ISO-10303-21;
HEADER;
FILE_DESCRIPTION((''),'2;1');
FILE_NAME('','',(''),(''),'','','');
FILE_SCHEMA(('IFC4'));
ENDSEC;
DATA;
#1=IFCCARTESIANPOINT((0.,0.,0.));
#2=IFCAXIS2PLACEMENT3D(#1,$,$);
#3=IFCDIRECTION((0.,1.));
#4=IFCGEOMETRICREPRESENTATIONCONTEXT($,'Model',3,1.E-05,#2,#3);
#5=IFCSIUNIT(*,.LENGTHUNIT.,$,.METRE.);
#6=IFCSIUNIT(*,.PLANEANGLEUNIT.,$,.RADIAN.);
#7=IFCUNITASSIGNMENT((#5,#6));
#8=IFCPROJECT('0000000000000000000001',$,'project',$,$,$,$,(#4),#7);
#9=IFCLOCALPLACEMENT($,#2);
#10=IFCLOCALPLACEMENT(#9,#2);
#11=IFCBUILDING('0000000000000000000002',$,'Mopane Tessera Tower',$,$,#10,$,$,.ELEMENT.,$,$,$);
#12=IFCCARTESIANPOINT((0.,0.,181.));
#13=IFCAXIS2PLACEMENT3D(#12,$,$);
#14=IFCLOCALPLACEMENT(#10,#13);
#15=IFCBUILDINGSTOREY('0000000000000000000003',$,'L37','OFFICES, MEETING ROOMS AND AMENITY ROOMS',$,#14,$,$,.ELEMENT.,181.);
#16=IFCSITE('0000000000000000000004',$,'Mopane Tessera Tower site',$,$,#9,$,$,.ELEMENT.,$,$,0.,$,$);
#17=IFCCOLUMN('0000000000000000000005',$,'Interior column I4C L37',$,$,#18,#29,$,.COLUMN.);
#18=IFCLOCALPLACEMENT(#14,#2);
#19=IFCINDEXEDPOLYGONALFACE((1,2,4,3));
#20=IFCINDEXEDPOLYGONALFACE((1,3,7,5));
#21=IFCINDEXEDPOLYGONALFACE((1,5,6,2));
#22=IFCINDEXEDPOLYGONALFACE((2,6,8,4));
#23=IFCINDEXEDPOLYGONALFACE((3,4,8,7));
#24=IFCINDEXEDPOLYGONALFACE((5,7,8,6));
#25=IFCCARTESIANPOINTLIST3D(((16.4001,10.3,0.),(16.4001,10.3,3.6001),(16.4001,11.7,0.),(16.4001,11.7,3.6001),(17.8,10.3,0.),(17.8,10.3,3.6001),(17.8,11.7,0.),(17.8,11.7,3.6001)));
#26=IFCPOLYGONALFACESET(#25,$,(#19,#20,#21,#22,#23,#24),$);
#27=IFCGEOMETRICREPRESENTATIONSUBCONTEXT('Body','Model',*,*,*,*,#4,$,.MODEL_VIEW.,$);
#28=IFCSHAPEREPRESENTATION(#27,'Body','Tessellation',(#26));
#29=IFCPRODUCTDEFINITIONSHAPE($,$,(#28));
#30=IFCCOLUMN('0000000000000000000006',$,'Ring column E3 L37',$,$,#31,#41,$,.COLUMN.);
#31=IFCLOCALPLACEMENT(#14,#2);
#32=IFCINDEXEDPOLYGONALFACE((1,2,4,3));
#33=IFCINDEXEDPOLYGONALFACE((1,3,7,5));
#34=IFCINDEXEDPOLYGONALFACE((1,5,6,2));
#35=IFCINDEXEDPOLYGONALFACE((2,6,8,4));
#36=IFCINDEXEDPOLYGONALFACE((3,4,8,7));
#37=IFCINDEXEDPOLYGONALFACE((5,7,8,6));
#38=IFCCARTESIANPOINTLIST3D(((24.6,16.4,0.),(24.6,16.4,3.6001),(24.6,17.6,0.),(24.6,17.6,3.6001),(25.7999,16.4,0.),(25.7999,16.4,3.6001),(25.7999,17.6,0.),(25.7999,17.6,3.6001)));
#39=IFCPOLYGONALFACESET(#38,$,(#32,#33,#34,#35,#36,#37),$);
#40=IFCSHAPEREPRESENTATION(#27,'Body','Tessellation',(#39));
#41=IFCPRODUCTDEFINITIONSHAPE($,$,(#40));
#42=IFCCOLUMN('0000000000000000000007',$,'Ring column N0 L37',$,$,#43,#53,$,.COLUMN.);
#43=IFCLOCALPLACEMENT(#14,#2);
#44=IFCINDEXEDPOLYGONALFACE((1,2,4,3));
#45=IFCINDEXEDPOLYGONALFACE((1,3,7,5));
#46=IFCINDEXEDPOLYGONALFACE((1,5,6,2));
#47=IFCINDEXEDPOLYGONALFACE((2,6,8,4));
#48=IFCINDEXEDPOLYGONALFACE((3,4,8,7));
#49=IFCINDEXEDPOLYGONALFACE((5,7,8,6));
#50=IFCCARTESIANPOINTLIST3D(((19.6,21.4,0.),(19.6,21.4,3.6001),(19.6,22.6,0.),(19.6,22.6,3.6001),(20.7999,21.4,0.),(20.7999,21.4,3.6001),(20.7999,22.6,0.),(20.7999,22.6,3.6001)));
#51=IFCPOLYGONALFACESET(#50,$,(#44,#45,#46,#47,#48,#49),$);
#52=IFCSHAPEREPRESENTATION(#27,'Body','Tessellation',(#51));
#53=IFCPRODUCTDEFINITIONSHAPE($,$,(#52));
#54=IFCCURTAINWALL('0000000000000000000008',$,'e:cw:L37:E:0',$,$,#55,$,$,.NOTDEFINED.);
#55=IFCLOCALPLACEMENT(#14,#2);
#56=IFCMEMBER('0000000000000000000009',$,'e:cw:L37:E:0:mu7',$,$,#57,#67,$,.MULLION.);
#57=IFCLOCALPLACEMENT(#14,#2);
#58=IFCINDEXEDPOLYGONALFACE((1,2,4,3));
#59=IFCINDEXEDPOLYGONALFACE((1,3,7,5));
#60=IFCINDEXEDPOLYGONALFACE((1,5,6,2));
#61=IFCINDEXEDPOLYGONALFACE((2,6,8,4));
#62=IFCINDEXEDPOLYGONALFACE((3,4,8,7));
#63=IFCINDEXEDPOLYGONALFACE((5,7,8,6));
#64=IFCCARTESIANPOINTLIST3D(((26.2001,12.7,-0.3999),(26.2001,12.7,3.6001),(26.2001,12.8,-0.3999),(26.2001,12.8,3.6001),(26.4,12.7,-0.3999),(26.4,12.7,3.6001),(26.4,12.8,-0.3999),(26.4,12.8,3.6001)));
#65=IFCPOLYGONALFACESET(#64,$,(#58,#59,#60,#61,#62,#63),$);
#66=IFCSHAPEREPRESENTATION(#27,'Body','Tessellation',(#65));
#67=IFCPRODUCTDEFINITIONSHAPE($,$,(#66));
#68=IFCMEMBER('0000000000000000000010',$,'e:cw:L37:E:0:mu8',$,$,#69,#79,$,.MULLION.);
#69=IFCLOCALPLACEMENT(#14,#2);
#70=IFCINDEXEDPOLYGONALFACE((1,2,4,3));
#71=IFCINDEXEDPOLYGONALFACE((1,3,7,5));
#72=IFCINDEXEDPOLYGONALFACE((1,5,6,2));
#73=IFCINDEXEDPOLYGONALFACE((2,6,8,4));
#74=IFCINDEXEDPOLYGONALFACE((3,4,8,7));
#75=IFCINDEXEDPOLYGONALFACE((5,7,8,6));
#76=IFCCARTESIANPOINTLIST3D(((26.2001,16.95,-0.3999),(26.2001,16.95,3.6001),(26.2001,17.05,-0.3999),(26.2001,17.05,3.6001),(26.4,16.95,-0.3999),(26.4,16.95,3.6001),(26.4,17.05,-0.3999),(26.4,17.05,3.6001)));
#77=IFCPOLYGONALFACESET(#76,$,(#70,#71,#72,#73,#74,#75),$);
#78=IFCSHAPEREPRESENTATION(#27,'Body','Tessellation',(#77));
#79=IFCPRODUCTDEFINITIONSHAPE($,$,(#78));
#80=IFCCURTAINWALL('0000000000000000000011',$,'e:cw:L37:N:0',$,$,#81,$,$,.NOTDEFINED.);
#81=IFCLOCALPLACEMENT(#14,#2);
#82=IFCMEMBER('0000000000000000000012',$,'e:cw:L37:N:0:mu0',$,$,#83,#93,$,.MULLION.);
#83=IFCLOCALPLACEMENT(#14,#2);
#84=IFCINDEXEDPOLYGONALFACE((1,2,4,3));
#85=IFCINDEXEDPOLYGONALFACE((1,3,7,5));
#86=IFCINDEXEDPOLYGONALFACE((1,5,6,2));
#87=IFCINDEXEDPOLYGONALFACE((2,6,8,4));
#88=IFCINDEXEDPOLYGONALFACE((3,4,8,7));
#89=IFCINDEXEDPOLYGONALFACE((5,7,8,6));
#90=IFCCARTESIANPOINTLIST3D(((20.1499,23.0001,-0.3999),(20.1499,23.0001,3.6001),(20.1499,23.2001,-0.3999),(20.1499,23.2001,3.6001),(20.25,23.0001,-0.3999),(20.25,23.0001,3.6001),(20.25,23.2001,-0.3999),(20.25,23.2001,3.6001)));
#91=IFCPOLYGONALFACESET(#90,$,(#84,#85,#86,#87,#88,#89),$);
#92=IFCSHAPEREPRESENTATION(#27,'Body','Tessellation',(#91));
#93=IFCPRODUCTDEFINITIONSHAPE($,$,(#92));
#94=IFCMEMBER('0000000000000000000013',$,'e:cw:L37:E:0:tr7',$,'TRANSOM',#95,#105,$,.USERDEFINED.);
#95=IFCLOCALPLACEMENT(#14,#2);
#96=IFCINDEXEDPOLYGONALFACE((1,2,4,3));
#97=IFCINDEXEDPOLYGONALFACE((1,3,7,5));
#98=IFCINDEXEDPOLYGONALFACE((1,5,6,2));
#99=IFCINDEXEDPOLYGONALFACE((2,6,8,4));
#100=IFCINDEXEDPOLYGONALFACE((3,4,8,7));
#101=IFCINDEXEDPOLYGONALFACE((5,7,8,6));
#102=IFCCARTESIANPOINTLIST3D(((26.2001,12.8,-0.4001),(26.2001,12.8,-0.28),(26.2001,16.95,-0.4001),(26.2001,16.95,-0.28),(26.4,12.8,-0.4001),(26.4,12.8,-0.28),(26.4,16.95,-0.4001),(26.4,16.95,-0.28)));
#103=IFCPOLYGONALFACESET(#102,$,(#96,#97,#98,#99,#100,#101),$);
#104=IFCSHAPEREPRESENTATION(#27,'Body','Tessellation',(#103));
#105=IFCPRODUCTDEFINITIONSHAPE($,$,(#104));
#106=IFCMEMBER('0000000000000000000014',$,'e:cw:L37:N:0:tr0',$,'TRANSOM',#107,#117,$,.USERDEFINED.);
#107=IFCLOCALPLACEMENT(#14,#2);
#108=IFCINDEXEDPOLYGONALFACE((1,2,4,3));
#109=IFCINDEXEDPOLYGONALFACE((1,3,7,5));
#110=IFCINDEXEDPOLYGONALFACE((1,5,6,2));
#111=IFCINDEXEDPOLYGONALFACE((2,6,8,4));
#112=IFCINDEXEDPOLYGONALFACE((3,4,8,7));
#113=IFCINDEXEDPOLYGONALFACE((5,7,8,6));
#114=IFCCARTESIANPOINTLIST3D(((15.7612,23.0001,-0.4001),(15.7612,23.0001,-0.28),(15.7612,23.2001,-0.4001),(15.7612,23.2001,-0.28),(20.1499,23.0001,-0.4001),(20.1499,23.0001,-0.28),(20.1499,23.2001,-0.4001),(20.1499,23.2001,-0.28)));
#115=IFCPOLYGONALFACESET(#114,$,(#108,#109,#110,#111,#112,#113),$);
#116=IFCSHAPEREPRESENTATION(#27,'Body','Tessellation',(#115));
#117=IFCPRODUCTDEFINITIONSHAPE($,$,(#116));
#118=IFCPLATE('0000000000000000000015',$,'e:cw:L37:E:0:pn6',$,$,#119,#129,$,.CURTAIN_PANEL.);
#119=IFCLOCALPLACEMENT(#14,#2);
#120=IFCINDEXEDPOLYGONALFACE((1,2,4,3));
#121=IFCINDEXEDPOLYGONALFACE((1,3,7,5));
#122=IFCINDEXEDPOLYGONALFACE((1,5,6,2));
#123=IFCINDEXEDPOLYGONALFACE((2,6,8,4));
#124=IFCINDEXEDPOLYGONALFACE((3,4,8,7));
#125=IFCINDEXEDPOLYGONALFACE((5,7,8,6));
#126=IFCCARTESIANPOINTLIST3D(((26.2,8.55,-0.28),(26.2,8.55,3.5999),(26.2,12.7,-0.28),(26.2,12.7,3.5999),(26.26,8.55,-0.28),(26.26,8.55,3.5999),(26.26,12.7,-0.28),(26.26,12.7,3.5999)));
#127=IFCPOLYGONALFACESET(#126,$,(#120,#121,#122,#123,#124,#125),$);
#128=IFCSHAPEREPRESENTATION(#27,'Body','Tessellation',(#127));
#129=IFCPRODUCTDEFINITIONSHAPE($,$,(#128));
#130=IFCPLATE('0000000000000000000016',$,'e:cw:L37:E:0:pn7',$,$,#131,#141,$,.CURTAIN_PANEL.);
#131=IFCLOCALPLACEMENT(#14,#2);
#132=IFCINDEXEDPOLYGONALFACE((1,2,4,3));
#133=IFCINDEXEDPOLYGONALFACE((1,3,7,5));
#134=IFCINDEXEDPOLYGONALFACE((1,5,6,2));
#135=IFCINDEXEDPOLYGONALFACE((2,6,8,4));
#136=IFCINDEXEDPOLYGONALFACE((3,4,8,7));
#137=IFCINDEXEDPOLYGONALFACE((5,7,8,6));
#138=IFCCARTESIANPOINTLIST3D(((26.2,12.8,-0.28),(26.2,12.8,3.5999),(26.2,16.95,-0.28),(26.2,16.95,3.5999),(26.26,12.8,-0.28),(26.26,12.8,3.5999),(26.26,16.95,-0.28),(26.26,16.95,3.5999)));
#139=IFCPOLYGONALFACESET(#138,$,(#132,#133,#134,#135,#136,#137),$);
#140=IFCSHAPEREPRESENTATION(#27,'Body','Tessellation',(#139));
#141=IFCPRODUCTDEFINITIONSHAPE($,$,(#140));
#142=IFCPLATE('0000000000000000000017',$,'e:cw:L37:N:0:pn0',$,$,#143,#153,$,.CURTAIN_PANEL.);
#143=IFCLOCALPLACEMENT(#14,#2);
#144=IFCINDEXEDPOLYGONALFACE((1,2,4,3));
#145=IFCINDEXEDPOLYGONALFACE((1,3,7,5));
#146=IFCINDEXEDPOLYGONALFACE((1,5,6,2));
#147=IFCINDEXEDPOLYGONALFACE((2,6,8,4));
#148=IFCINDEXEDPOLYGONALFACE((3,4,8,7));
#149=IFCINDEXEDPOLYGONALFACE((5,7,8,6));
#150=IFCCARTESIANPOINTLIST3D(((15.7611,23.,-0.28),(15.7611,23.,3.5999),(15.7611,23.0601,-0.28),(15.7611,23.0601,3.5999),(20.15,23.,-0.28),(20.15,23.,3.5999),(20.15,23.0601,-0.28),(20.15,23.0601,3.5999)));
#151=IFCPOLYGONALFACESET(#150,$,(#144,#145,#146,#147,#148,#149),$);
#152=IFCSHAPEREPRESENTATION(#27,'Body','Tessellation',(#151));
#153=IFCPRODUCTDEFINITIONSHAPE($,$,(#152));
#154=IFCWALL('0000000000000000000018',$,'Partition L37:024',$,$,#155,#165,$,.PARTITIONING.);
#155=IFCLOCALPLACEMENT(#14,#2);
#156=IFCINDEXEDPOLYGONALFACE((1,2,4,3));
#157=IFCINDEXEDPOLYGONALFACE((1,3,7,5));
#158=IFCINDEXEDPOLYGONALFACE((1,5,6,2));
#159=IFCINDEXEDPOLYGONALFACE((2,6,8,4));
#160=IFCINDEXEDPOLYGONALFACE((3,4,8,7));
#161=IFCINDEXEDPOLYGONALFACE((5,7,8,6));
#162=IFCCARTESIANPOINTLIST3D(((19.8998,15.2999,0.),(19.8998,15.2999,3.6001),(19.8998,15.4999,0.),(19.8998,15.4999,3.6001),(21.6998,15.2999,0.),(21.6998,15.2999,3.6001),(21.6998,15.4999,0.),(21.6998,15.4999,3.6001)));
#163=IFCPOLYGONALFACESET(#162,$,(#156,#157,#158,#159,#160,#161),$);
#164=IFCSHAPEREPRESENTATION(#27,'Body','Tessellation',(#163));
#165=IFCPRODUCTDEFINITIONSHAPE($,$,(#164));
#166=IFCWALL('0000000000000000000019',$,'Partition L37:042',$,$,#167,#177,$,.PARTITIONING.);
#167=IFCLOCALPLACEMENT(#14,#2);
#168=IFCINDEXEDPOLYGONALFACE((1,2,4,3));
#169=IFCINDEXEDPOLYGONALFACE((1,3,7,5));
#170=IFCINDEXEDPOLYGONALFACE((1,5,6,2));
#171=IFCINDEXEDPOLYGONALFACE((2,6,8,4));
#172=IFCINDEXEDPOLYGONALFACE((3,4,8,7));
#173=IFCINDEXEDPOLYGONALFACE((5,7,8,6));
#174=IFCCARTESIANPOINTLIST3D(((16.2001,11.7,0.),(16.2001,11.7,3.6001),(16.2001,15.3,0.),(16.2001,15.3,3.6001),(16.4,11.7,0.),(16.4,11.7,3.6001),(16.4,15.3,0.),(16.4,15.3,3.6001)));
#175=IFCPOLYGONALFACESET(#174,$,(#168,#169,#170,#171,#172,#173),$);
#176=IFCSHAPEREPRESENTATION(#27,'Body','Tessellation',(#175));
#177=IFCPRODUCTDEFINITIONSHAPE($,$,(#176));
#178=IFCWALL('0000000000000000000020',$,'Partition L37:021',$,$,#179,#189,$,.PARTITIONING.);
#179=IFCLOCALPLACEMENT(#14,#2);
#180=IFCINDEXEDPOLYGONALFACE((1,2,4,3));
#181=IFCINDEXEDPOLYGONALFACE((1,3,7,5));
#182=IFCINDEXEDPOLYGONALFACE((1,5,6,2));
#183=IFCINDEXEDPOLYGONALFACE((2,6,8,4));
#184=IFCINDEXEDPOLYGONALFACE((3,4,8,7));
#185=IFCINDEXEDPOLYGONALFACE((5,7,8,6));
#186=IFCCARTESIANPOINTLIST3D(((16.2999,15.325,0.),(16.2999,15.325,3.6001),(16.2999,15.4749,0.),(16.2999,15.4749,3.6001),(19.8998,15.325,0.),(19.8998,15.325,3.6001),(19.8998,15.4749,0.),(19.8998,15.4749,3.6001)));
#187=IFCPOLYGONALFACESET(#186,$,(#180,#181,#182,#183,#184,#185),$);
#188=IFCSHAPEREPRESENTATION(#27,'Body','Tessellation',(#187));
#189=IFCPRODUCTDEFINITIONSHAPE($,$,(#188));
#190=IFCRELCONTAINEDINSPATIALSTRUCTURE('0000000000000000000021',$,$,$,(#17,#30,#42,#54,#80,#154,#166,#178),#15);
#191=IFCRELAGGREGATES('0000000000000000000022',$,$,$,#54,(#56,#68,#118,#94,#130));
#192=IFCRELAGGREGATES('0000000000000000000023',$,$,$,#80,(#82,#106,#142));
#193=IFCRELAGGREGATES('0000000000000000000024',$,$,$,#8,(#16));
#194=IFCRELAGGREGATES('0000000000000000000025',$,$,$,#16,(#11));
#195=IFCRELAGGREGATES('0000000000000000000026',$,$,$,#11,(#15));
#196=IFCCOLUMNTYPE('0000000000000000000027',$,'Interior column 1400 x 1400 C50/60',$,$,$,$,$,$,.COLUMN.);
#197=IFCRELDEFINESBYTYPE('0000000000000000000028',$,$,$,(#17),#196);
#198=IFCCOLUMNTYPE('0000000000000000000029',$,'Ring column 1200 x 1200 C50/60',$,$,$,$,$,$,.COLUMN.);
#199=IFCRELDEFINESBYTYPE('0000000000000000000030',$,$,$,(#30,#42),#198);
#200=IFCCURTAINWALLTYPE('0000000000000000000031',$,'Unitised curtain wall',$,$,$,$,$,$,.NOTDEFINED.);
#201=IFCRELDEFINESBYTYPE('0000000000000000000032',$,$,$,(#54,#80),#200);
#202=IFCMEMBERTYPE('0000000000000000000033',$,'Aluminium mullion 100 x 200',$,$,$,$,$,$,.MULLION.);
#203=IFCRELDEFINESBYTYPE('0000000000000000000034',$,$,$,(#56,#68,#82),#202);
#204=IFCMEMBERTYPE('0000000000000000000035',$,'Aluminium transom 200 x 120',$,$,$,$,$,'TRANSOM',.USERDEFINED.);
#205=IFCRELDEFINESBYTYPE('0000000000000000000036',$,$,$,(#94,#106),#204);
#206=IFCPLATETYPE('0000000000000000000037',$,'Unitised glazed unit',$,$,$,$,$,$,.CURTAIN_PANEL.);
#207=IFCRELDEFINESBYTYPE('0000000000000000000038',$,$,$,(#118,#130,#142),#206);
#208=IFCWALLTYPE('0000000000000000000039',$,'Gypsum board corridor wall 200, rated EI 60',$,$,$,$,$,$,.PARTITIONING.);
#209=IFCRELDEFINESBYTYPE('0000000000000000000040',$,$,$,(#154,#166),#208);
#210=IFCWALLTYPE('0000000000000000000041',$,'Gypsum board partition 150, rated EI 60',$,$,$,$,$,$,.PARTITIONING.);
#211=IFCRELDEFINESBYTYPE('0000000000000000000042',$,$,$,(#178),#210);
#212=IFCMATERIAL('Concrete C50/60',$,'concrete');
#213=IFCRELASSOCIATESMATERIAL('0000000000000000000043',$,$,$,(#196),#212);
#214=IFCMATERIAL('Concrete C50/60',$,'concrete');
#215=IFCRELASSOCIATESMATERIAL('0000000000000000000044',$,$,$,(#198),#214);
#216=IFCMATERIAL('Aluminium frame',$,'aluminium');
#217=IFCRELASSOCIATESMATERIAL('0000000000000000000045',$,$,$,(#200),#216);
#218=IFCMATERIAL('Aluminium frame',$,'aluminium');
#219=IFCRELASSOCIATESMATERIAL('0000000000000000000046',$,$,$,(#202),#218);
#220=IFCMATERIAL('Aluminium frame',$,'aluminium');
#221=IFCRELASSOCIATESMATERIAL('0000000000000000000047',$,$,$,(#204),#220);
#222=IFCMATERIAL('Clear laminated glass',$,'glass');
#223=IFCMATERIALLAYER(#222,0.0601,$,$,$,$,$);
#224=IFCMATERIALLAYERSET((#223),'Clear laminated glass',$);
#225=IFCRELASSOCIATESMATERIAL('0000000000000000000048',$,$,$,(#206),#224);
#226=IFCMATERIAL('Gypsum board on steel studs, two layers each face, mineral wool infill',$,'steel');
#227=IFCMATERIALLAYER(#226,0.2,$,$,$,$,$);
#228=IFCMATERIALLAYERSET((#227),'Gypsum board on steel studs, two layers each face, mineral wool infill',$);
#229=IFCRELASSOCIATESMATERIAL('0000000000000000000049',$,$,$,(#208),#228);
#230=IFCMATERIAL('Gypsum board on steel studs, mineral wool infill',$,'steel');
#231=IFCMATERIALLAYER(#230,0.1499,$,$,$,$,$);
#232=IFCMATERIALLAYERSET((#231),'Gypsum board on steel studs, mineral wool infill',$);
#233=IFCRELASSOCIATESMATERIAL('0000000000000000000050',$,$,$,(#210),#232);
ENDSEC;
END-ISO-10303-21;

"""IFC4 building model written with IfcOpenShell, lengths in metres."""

from ifc_helpers import new_model, si_unit, direction, frame, frame_2d, origin, origin_2d, place, context, subcontext, project, spatial, rectangle, extrude, material, layer, layer_set, material_profile, profile_set, type_object, element, aggregate, save


model = new_model("IFC4")

# Units and contexts
model_context = context("Model", 3, precision=1e-05, world=origin(), true_north=direction((0.0, 1.0)))
body_context = subcontext(model_context, "Body", "Model", "MODEL_VIEW")
ifc_project = project(units=[si_unit("LENGTHUNIT", "METRE"), si_unit("PLANEANGLEUNIT", "RADIAN")], contexts=[model_context])

# Site, building, storey
site_placement = place(None, origin())
site = spatial("IfcSite", under=ifc_project, at=site_placement, Name="Mopane Tessera Tower site", CompositionType="ELEMENT", RefElevation=0.0)
building_placement = place(site_placement, origin())
building = spatial("IfcBuilding", under=site, at=building_placement, Name="Mopane Tessera Tower", CompositionType="ELEMENT")
storey_placement = place(building_placement, frame((0.0, 0.0, 181.0)))
storey = spatial("IfcBuildingStorey", under=building, at=storey_placement, Name="L37", Description="OFFICES, MEETING ROOMS AND AMENITY ROOMS", CompositionType="ELEMENT", Elevation=181.0)

# Columns
ifc_material_1 = material(Name="Concrete C50/60", Category="concrete")
ifc_material_profile_1 = material_profile(ifc_material_1, rectangle(XDim=1.3999, YDim=1.3999, at=origin_2d()))
ifc_profile_set_1 = profile_set([ifc_material_profile_1], Name="Concrete C50/60")
column_type_1 = type_object("IfcColumnType", Name="Interior column 1400 x 1400 C50/60", PredefinedType="COLUMN", material=ifc_profile_set_1)
column_placement = place(storey_placement, frame((17.1001, 11.0, 0.0), z_axis=(0.0, 0.0, 1.0), x_axis=(1.0, 0.0, 0.0)))
element("IfcColumn", 1, at=column_placement, inside=storey, type_object=column_type_1, Name="Interior column I4C L37", PredefinedType="COLUMN", context=body_context, shape_type="SweptSolid", body=[
    extrude(rectangle(XDim=1.3999, YDim=1.3999, at=origin_2d()), origin(), (0.0, 0.0, 1.0), 3.6001),
])
ifc_material_2 = material(Name="Concrete C50/60", Category="concrete")
ifc_material_profile_2 = material_profile(ifc_material_2, rectangle(XDim=1.2, YDim=1.2, at=origin_2d()))
ifc_profile_set_2 = profile_set([ifc_material_profile_2], Name="Concrete C50/60")
column_type_2 = type_object("IfcColumnType", Name="Ring column 1200 x 1200 C50/60", PredefinedType="COLUMN", material=ifc_profile_set_2)
for number, where, z_axis, x_axis, name in (
    (2, (25.2, 17.0, 0.0), (0.0, 0.0, 1.0), (1.0, 0.0, 0.0), "Ring column E3 L37"),
    (3, (20.2, 22.0, 0.0), (0.0, 0.0, 1.0), (1.0, 0.0, 0.0), "Ring column N0 L37"),
):
    element("IfcColumn", number, at=place(storey_placement, frame(where, z_axis=z_axis, x_axis=x_axis)), inside=storey, type_object=column_type_2, Name=name, PredefinedType="COLUMN", context=body_context, shape_type="SweptSolid", body=[
        extrude(rectangle(XDim=1.2, YDim=1.2, at=origin_2d()), origin(), (0.0, 0.0, 1.0), 3.6001),
    ])

# Curtain wall, members
ifc_material_3 = material(Name="Aluminium frame", Category="aluminium")
curtain_wall_type = type_object("IfcCurtainWallType", Name="Unitised curtain wall", PredefinedType="NOTDEFINED", material=ifc_material_3)
curtain_wall_1_placement = place(storey_placement, origin())
curtain_wall_1 = element("IfcCurtainWall", 4, at=curtain_wall_1_placement, inside=storey, type_object=curtain_wall_type, Name="e:cw:L37:E:0", PredefinedType="NOTDEFINED")
ifc_material_4 = material(Name="Aluminium frame", Category="aluminium")
ifc_material_profile_3 = material_profile(ifc_material_4, rectangle(XDim=0.1001, YDim=0.2, at=origin_2d()))
ifc_profile_set_3 = profile_set([ifc_material_profile_3], Name="Aluminium frame")
member_type_1 = type_object("IfcMemberType", Name="Aluminium mullion 100 x 200", PredefinedType="MULLION", material=ifc_profile_set_3)
member_1_placement = place(storey_placement, frame((26.3, 12.75, -0.3999), z_axis=(0.0, 0.0, 1.0), x_axis=(0.0, 1.0, 0.0)))
member_1 = element("IfcMember", 5, at=member_1_placement, type_object=member_type_1, Name="e:cw:L37:E:0:mu7", PredefinedType="MULLION", context=body_context, shape_type="SweptSolid", body=[
    extrude(rectangle(XDim=0.1001, YDim=0.2, at=origin_2d()), origin(), (0.0, 0.0, 1.0), 4.0),
])
member_2_placement = place(storey_placement, frame((26.3, 17.0, -0.3999), z_axis=(0.0, 0.0, 1.0), x_axis=(0.0, 1.0, 0.0)))
member_2 = element("IfcMember", 6, at=member_2_placement, type_object=member_type_1, Name="e:cw:L37:E:0:mu8", PredefinedType="MULLION", context=body_context, shape_type="SweptSolid", body=[
    extrude(rectangle(XDim=0.1001, YDim=0.2, at=origin_2d()), origin(), (0.0, 0.0, 1.0), 4.0),
])

# Curtain wall, member
curtain_wall_2_placement = place(storey_placement, origin())
curtain_wall_2 = element("IfcCurtainWall", 7, at=curtain_wall_2_placement, inside=storey, type_object=curtain_wall_type, Name="e:cw:L37:N:0", PredefinedType="NOTDEFINED")
member_3_placement = place(storey_placement, frame((20.2, 23.1001, -0.3999), z_axis=(0.0, 0.0, 1.0), x_axis=(-1.0, 0.0, 0.0)))
member_3 = element("IfcMember", 8, at=member_3_placement, type_object=member_type_1, Name="e:cw:L37:N:0:mu0", PredefinedType="MULLION", context=body_context, shape_type="SweptSolid", body=[
    extrude(rectangle(XDim=0.1001, YDim=0.2, at=origin_2d()), origin(), (0.0, 0.0, 1.0), 4.0),
])

# Members
ifc_material_5 = material(Name="Aluminium frame", Category="aluminium")
ifc_material_profile_4 = material_profile(ifc_material_5, rectangle(XDim=0.2, YDim=0.1201, at=origin_2d()))
ifc_profile_set_4 = profile_set([ifc_material_profile_4], Name="Aluminium frame")
member_type_2 = type_object("IfcMemberType", Name="Aluminium transom 200 x 120", ElementType="TRANSOM", PredefinedType="USERDEFINED", material=ifc_profile_set_4)
member_4_placement = place(storey_placement, frame((26.3, 12.8, -0.3401), z_axis=(0.0, 1.0, 0.0), x_axis=(-1.0, 0.0, 0.0)))
member_4 = element("IfcMember", 9, at=member_4_placement, type_object=member_type_2, Name="e:cw:L37:E:0:tr7", ObjectType="TRANSOM", PredefinedType="USERDEFINED", context=body_context, shape_type="SweptSolid", body=[
    extrude(rectangle(XDim=0.2, YDim=0.1201, at=origin_2d()), origin(), (0.0, 0.0, 1.0), 4.1499),
])
member_5_placement = place(storey_placement, frame((20.1499, 23.1001, -0.3401), z_axis=(-1.0, 0.0, 0.0), x_axis=(0.0, -1.0, 0.0)))
member_5 = element("IfcMember", 10, at=member_5_placement, type_object=member_type_2, Name="e:cw:L37:N:0:tr0", ObjectType="TRANSOM", PredefinedType="USERDEFINED", context=body_context, shape_type="SweptSolid", body=[
    extrude(rectangle(XDim=0.2, YDim=0.1201, at=origin_2d()), origin(), (0.0, 0.0, 1.0), 4.3887),
])

# Plates
ifc_material_6 = material(Name="Clear laminated glass", Category="glass")
ifc_layer_1 = layer(ifc_material_6, 0.0601)
ifc_layer_set_1 = layer_set([ifc_layer_1], Name="Clear laminated glass")
plate_type = type_object("IfcPlateType", Name="Unitised glazed unit", PredefinedType="CURTAIN_PANEL", material=ifc_layer_set_1)
plate_1_placement = place(storey_placement, frame((26.23, 10.625, -0.28), z_axis=(0.0, 0.0, 1.0), x_axis=(0.0, 1.0, 0.0)))
plate_1 = element("IfcPlate", 11, at=plate_1_placement, type_object=plate_type, Name="e:cw:L37:E:0:pn6", PredefinedType="CURTAIN_PANEL", context=body_context, shape_type="SweptSolid", body=[
    extrude(rectangle(XDim=4.1499, YDim=0.0601, at=origin_2d()), origin(), (0.0, 0.0, 1.0), 3.8799),
])
plate_2_placement = place(storey_placement, frame((26.23, 14.875, -0.28), z_axis=(0.0, 0.0, 1.0), x_axis=(0.0, 1.0, 0.0)))
plate_2 = element("IfcPlate", 12, at=plate_2_placement, type_object=plate_type, Name="e:cw:L37:E:0:pn7", PredefinedType="CURTAIN_PANEL", context=body_context, shape_type="SweptSolid", body=[
    extrude(rectangle(XDim=4.1499, YDim=0.0601, at=origin_2d()), origin(), (0.0, 0.0, 1.0), 3.8799),
])
aggregate(curtain_wall_1, [member_1, member_2, plate_1, member_4, plate_2])
plate_3_placement = place(storey_placement, frame((17.9556, 23.03, -0.28), z_axis=(0.0, 0.0, 1.0), x_axis=(-1.0, 0.0, 0.0)))
plate_3 = element("IfcPlate", 13, at=plate_3_placement, type_object=plate_type, Name="e:cw:L37:N:0:pn0", PredefinedType="CURTAIN_PANEL", context=body_context, shape_type="SweptSolid", body=[
    extrude(rectangle(XDim=4.3889, YDim=0.0601, at=origin_2d()), origin(), (0.0, 0.0, 1.0), 3.8799),
])
aggregate(curtain_wall_2, [member_3, member_5, plate_3])

# Walls
ifc_material_7 = material(Name="Gypsum board on steel studs, two layers each face, mineral wool infill", Category="steel")
ifc_layer_2 = layer(ifc_material_7, 0.2)
ifc_layer_set_2 = layer_set([ifc_layer_2], Name="Gypsum board on steel studs, two layers each face, mineral wool infill")
wall_type_1 = type_object("IfcWallType", Name="Gypsum board corridor wall 200, rated EI 60", PredefinedType="PARTITIONING", material=ifc_layer_set_2)
wall_1_placement = place(storey_placement, frame((19.8999, 15.3999, 0.0), z_axis=(0.0, 0.0, 1.0), x_axis=(1.0, 0.0, 0.0)))
element("IfcWall", 14, at=wall_1_placement, inside=storey, type_object=wall_type_1, Name="Partition L37:024", PredefinedType="PARTITIONING", context=body_context, shape_type="SweptSolid", body=[
    extrude(rectangle(XDim=1.8, YDim=0.2, at=frame_2d((0.8999, 0.0))), origin(), (0.0, 0.0, 1.0), 3.6001),
])
wall_2_placement = place(storey_placement, frame((16.3, 11.7, 0.0), z_axis=(0.0, 0.0, 1.0), x_axis=(0.0, 1.0, 0.0)))
element("IfcWall", 15, at=wall_2_placement, inside=storey, type_object=wall_type_1, Name="Partition L37:042", PredefinedType="PARTITIONING", context=body_context, shape_type="SweptSolid", body=[
    extrude(rectangle(XDim=3.6001, YDim=0.2, at=frame_2d((1.8, 0.0))), origin(), (0.0, 0.0, 1.0), 3.6001),
])
ifc_material_8 = material(Name="Gypsum board on steel studs, mineral wool infill", Category="steel")
ifc_layer_3 = layer(ifc_material_8, 0.1499)
ifc_layer_set_3 = layer_set([ifc_layer_3], Name="Gypsum board on steel studs, mineral wool infill")
wall_type_2 = type_object("IfcWallType", Name="Gypsum board partition 150, rated EI 60", PredefinedType="PARTITIONING", material=ifc_layer_set_3)
wall_3_placement = place(storey_placement, frame((16.3, 15.3999, 0.0), z_axis=(0.0, 0.0, 1.0), x_axis=(1.0, 0.0, 0.0)))
element("IfcWall", 16, at=wall_3_placement, inside=storey, type_object=wall_type_2, Name="Partition L37:021", PredefinedType="PARTITIONING", context=body_context, shape_type="SweptSolid", body=[
    extrude(rectangle(XDim=3.5999, YDim=0.1499, at=frame_2d((1.7998, 0.0))), origin(), (0.0, 0.0, 1.0), 3.6001),
])

save(model, "model.ifc")
